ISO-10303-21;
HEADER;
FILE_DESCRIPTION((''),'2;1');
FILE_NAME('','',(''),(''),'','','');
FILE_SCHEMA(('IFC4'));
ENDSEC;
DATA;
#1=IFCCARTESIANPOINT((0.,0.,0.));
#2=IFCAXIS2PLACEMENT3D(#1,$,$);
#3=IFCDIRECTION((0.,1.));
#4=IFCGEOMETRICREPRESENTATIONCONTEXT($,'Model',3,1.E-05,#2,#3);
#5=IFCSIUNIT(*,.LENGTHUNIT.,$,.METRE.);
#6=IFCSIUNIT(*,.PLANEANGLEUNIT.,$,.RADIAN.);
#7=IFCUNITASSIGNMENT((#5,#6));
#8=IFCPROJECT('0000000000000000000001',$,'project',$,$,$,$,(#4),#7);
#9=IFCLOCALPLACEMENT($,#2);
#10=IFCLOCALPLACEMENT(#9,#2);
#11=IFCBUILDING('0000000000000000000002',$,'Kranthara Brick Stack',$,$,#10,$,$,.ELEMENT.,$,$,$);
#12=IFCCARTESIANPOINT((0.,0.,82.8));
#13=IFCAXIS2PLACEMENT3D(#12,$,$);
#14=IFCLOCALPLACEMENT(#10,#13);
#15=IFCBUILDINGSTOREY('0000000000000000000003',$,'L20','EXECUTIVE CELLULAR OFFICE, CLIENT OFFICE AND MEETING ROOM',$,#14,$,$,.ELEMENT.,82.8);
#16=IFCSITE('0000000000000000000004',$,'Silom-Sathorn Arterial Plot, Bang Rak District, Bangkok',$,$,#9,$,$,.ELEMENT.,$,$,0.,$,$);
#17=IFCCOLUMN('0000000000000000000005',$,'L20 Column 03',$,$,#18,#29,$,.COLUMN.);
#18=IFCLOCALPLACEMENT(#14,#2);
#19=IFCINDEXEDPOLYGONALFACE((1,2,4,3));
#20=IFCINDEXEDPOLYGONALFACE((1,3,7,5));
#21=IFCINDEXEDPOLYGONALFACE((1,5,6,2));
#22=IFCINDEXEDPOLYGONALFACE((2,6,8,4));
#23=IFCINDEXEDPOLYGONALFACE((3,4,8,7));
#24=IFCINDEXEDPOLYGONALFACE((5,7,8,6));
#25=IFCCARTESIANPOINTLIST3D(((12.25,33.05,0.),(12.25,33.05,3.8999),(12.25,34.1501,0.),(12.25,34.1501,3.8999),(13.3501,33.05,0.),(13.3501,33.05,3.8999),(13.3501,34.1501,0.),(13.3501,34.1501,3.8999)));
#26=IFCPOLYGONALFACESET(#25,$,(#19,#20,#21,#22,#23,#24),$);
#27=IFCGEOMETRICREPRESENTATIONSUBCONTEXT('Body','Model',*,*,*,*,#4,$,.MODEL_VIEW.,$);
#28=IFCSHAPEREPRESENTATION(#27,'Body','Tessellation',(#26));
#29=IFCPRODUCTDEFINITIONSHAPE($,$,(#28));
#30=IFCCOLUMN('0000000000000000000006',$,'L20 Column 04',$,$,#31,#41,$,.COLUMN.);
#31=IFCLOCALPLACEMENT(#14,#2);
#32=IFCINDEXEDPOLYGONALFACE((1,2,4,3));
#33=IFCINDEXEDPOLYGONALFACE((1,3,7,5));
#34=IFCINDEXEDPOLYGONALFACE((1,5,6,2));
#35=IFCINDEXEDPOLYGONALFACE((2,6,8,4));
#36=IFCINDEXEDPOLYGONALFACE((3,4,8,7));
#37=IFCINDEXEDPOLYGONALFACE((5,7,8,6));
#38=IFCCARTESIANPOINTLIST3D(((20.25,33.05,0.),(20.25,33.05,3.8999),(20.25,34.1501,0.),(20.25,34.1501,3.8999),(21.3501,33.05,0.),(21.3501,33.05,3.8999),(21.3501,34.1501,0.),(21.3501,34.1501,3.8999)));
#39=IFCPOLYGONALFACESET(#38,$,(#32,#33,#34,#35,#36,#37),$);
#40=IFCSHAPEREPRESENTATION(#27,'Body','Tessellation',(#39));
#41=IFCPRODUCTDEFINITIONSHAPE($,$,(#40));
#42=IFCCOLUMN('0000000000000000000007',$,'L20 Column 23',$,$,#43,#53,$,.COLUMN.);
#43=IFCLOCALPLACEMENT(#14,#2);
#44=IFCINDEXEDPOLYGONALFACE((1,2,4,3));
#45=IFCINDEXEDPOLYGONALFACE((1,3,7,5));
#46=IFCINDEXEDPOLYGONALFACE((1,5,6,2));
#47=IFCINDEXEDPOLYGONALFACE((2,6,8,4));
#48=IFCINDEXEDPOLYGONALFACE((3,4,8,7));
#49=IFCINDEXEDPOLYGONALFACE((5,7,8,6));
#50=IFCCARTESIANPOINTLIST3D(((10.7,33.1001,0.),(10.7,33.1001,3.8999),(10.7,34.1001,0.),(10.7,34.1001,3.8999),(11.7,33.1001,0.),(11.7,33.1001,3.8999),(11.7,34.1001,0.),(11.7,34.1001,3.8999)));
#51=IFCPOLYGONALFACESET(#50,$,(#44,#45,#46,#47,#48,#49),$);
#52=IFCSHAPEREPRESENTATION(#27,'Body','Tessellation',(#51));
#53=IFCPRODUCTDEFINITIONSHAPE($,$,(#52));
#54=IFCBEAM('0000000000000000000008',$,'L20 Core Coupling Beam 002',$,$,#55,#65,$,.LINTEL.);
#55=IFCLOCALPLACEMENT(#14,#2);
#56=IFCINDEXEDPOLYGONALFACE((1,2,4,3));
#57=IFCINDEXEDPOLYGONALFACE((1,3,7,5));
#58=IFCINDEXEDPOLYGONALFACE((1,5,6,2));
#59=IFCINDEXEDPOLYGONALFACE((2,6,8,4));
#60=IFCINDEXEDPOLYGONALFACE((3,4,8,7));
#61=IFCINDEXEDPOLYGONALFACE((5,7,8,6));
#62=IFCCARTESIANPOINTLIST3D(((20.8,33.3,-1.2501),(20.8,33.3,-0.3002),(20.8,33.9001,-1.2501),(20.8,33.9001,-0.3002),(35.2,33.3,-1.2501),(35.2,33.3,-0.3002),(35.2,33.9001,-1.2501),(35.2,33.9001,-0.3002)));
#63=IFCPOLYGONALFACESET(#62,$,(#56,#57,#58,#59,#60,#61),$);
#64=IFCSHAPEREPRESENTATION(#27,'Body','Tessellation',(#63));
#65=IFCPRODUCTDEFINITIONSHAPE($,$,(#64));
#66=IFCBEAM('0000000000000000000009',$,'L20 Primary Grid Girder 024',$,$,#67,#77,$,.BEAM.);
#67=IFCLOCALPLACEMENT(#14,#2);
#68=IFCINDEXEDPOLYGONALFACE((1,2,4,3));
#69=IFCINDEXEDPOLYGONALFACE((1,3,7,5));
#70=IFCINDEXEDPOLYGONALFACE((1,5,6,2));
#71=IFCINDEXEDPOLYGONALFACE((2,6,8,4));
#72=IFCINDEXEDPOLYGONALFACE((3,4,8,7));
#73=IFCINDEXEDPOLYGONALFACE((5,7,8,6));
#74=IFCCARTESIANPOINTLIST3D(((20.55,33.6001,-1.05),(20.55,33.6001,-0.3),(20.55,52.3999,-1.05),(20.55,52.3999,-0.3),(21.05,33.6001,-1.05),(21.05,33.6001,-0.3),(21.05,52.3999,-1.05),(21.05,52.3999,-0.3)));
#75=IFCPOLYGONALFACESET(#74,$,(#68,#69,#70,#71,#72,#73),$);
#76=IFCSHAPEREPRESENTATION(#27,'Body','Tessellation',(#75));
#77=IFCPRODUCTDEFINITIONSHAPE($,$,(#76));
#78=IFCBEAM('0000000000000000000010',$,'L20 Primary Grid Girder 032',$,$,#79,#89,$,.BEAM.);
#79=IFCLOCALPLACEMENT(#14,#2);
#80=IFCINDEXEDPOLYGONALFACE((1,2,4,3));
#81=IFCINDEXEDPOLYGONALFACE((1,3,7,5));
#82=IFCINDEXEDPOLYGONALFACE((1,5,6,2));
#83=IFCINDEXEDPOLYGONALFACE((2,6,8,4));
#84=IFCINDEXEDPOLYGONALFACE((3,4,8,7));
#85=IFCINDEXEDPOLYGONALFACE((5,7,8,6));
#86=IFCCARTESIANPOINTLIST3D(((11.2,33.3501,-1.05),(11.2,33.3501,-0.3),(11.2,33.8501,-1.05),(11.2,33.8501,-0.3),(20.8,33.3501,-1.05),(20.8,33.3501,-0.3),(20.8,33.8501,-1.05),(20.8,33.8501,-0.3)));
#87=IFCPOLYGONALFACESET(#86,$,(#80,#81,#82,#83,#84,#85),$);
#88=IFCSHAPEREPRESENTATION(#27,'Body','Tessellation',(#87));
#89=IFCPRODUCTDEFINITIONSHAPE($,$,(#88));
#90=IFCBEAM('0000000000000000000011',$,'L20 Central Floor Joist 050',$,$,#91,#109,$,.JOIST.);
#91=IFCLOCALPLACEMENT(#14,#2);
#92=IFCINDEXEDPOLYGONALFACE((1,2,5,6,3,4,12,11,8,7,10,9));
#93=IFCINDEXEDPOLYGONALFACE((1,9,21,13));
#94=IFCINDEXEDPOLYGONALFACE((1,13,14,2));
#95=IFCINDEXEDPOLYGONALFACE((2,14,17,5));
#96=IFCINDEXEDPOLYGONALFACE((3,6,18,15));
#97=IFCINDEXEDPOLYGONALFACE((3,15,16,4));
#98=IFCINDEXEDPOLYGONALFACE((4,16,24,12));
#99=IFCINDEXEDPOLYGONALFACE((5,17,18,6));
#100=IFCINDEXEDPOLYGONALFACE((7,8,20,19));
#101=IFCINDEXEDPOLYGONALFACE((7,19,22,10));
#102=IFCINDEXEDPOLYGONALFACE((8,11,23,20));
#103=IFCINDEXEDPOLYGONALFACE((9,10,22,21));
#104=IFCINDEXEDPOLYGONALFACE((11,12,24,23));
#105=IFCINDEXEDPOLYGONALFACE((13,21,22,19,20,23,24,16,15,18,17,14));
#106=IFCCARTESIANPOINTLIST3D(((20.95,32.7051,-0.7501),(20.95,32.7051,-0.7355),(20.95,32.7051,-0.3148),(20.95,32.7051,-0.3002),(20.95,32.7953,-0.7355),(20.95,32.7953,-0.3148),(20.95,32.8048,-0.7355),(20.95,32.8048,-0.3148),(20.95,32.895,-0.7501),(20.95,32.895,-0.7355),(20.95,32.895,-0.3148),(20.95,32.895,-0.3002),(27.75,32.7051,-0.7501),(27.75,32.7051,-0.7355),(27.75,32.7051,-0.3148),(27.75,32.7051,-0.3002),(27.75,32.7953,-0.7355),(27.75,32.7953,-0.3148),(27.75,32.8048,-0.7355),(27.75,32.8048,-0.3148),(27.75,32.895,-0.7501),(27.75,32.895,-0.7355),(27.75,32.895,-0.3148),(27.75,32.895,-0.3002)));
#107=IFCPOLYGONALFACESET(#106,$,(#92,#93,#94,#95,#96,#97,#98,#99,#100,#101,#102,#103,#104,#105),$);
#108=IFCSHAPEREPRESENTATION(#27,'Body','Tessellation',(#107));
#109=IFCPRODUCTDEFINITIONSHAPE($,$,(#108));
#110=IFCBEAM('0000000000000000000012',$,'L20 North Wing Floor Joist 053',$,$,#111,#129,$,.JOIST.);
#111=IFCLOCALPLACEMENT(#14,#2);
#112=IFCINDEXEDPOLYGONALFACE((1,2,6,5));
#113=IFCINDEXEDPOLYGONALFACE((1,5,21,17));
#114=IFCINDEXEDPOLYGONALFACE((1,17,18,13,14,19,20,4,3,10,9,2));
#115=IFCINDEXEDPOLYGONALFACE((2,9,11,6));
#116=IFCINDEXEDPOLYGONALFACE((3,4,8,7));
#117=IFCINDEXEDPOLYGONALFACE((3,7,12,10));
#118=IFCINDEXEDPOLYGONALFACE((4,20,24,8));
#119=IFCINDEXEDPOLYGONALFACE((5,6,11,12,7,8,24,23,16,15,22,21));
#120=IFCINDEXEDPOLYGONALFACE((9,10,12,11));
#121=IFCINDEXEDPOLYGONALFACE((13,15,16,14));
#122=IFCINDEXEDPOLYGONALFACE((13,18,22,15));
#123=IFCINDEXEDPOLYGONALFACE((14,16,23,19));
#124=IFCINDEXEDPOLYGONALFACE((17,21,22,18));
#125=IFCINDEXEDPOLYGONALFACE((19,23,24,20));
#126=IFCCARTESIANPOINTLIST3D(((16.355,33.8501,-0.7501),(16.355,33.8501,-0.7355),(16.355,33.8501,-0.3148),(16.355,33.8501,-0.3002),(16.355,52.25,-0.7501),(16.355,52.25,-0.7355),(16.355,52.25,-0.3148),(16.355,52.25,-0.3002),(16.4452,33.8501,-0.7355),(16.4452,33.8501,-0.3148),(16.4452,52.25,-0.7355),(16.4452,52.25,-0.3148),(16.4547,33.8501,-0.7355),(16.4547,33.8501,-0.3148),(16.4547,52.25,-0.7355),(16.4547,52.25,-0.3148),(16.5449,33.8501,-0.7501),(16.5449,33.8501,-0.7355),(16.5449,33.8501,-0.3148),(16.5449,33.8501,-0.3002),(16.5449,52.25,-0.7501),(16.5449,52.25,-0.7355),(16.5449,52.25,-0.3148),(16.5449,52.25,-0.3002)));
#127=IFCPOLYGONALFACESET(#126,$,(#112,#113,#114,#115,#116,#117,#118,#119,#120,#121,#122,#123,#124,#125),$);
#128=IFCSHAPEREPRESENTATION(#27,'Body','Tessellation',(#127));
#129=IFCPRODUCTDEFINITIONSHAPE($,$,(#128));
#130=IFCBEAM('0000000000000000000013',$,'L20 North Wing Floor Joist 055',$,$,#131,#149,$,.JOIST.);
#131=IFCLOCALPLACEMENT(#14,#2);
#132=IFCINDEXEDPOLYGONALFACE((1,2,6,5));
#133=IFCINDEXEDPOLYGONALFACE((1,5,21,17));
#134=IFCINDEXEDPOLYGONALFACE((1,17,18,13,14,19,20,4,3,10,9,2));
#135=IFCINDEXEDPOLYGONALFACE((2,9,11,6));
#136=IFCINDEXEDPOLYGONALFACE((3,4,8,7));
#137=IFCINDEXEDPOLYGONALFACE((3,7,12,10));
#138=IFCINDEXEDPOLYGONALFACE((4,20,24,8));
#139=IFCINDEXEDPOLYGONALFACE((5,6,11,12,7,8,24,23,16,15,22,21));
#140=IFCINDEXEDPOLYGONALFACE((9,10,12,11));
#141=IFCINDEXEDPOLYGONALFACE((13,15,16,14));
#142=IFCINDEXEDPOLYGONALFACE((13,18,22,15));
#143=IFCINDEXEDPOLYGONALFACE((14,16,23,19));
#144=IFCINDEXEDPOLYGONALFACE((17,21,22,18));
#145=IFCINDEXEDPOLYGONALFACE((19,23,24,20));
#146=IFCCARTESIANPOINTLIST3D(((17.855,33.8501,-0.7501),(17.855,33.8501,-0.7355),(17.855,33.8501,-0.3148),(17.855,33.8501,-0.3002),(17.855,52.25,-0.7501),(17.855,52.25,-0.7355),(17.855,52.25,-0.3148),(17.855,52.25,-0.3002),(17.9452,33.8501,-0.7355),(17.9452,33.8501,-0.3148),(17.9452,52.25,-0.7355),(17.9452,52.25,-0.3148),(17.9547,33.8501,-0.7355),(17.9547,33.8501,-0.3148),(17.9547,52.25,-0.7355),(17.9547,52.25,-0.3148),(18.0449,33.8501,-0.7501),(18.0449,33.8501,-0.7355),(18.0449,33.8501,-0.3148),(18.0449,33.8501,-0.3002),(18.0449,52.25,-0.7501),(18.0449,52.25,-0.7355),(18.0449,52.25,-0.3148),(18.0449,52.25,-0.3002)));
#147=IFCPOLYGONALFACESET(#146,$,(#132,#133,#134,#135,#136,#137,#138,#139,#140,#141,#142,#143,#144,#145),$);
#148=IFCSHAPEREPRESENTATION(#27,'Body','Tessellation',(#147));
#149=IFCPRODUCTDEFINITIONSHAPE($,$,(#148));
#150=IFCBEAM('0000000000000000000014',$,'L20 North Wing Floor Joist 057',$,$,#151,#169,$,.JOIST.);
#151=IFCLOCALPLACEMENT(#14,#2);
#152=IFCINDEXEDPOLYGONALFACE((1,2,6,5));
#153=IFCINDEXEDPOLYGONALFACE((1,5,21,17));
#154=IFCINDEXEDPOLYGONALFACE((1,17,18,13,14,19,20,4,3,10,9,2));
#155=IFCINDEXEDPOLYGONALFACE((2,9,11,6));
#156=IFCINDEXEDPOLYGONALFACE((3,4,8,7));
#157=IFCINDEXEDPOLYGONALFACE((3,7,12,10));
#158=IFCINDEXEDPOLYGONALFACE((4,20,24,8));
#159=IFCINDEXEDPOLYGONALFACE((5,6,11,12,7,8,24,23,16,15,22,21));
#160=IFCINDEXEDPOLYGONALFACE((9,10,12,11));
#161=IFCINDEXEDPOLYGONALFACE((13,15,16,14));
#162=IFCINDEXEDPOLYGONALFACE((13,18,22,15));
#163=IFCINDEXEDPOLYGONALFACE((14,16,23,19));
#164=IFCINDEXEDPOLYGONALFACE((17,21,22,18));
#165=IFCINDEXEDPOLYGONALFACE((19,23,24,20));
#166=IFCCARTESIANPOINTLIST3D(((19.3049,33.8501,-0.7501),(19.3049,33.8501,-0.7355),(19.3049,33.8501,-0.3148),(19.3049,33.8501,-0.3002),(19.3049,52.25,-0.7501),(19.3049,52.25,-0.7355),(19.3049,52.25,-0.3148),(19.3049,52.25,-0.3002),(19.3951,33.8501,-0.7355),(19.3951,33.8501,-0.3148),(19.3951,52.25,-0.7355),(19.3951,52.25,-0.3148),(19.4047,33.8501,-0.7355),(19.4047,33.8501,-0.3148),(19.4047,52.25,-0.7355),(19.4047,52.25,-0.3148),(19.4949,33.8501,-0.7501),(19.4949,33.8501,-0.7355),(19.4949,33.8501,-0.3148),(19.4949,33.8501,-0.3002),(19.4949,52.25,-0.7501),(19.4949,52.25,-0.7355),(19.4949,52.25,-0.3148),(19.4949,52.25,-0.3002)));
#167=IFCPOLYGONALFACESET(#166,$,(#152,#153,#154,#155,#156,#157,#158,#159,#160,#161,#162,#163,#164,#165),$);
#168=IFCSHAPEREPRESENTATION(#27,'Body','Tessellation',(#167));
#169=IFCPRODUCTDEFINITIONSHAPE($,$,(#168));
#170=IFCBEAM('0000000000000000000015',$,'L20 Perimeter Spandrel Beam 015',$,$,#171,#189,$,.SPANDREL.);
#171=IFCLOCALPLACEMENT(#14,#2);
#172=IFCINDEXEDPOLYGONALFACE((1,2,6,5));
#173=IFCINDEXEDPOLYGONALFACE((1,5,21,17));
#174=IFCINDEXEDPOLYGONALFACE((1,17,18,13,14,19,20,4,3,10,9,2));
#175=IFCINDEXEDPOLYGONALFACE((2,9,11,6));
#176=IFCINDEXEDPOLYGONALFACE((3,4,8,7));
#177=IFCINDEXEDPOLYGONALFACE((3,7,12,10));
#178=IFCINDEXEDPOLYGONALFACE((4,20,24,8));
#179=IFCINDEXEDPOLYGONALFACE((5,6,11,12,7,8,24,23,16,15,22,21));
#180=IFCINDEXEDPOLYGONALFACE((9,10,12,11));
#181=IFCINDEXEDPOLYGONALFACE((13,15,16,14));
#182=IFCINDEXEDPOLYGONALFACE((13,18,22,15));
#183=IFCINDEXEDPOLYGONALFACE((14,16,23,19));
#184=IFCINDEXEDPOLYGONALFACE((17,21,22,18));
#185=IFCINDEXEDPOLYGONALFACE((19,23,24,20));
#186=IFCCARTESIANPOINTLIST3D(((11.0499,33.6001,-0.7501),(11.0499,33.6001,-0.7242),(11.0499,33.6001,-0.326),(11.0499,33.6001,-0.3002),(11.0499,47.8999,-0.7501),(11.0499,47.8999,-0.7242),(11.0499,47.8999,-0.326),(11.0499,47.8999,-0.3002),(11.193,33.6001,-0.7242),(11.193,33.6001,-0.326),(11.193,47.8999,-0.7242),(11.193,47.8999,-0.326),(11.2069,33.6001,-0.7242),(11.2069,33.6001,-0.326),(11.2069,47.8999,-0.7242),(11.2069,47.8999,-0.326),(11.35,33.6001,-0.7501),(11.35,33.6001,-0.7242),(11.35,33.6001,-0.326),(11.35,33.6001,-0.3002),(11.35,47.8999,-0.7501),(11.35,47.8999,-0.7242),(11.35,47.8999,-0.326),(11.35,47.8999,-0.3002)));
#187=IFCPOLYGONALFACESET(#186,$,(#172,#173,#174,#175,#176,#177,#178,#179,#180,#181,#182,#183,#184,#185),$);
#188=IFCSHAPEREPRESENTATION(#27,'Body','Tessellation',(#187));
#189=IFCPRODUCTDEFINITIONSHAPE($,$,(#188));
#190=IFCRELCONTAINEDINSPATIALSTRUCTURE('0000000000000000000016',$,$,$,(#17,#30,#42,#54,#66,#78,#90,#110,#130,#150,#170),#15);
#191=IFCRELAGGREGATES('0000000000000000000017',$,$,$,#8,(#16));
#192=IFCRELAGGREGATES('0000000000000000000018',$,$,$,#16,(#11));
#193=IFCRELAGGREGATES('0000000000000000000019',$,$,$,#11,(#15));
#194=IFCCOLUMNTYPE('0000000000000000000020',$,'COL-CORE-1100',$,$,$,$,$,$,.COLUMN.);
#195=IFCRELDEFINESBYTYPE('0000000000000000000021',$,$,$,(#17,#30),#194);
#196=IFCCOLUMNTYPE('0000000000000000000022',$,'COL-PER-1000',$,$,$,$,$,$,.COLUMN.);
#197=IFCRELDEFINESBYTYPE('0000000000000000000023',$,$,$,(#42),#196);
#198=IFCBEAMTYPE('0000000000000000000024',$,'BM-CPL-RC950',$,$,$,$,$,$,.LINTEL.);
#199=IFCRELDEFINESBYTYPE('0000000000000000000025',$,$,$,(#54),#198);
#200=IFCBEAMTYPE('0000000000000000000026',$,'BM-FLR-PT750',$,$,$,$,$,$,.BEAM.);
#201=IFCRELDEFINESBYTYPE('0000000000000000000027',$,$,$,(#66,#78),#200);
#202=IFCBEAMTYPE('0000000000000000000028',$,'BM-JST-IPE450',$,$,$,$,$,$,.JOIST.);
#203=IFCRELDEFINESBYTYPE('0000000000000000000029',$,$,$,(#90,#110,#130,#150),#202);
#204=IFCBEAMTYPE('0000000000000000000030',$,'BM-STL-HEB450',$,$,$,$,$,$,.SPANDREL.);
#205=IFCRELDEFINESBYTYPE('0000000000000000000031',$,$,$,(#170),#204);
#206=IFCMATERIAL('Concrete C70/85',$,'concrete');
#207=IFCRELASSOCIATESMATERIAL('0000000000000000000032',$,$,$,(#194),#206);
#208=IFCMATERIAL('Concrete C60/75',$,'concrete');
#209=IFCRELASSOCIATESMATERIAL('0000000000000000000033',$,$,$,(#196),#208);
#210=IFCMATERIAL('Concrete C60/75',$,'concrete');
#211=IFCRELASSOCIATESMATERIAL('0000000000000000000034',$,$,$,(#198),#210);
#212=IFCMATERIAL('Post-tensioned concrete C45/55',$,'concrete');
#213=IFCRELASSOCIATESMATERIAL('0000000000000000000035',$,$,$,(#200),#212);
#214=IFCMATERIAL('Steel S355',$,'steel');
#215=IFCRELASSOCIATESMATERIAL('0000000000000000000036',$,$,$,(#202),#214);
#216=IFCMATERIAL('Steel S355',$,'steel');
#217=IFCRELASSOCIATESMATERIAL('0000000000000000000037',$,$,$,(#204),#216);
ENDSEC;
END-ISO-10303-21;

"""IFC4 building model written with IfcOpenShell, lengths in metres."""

from ifc_helpers import new_model, si_unit, direction, frame, origin, origin_2d, place, context, subcontext, project, spatial, rectangle, i_section, extrude, material, material_profile, profile_set, type_object, element, save


model = new_model("IFC4")

# Units and contexts
model_context = context("Model", 3, precision=1e-05, world=origin(), true_north=direction((0.0, 1.0)))
body_context = subcontext(model_context, "Body", "Model", "MODEL_VIEW")
ifc_project = project(units=[si_unit("LENGTHUNIT", "METRE"), si_unit("PLANEANGLEUNIT", "RADIAN")], contexts=[model_context])

# Site, building, storey
site_placement = place(None, origin())
site = spatial("IfcSite", under=ifc_project, at=site_placement, Name="Silom-Sathorn Arterial Plot, Bang Rak District, Bangkok", CompositionType="ELEMENT", RefElevation=0.0)
building_placement = place(site_placement, origin())
building = spatial("IfcBuilding", under=site, at=building_placement, Name="Kranthara Brick Stack", CompositionType="ELEMENT")
storey_placement = place(building_placement, frame((0.0, 0.0, 82.8)))
storey = spatial("IfcBuildingStorey", under=building, at=storey_placement, Name="L20", Description="EXECUTIVE CELLULAR OFFICE, CLIENT OFFICE AND MEETING ROOM", CompositionType="ELEMENT", Elevation=82.8)

# Columns
ifc_material_1 = material(Name="Concrete C70/85", Category="concrete")
ifc_material_profile_1 = material_profile(ifc_material_1, rectangle(XDim=1.1001, YDim=1.1001, at=origin_2d()), Name="RC 1100x1100")
ifc_profile_set_1 = profile_set([ifc_material_profile_1], Name="Concrete C70/85")
column_type_1 = type_object("IfcColumnType", Name="COL-CORE-1100", PredefinedType="COLUMN", material=ifc_profile_set_1)
for number, where, z_axis, x_axis, name in (
    (1, (12.8, 33.6001, 0.0), (0.0, 0.0, 1.0), (1.0, 0.0, 0.0), "L20 Column 03"),
    (2, (20.8, 33.6001, 0.0), (0.0, 0.0, 1.0), (1.0, 0.0, 0.0), "L20 Column 04"),
):
    element("IfcColumn", number, at=place(storey_placement, frame(where, z_axis=z_axis, x_axis=x_axis)), inside=storey, type_object=column_type_1, Name=name, PredefinedType="COLUMN", context=body_context, shape_type="SweptSolid", body=[
        extrude(rectangle(XDim=1.1001, YDim=1.1001, at=origin_2d()), origin(), (0.0, 0.0, 1.0), 3.8999),
    ])
ifc_material_2 = material(Name="Concrete C60/75", Category="concrete")
ifc_material_profile_2 = material_profile(ifc_material_2, rectangle(XDim=1.0, YDim=1.0, at=origin_2d()), Name="RC 1000x1000")
ifc_profile_set_2 = profile_set([ifc_material_profile_2], Name="Concrete C60/75")
column_type_2 = type_object("IfcColumnType", Name="COL-PER-1000", PredefinedType="COLUMN", material=ifc_profile_set_2)
column_placement = place(storey_placement, frame((11.2, 33.6001, 0.0), z_axis=(0.0, 0.0, 1.0), x_axis=(1.0, 0.0, 0.0)))
element("IfcColumn", 3, at=column_placement, inside=storey, type_object=column_type_2, Name="L20 Column 23", PredefinedType="COLUMN", context=body_context, shape_type="SweptSolid", body=[
    extrude(rectangle(XDim=1.0, YDim=1.0, at=origin_2d()), origin(), (0.0, 0.0, 1.0), 3.8999),
])

# Beams
ifc_material_3 = material(Name="Concrete C60/75", Category="concrete")
ifc_material_profile_3 = material_profile(ifc_material_3, rectangle(XDim=0.6001, YDim=0.95, at=origin_2d()), Name="RC 600x950")
ifc_profile_set_3 = profile_set([ifc_material_profile_3], Name="Concrete C60/75")
beam_type_1 = type_object("IfcBeamType", Name="BM-CPL-RC950", PredefinedType="LINTEL", material=ifc_profile_set_3)
beam_1_placement = place(storey_placement, frame((20.8, 33.6001, -0.7751), z_axis=(1.0, 0.0, 0.0), x_axis=(0.0, 1.0, 0.0)))
element("IfcBeam", 4, at=beam_1_placement, inside=storey, type_object=beam_type_1, Name="L20 Core Coupling Beam 002", PredefinedType="LINTEL", context=body_context, shape_type="SweptSolid", body=[
    extrude(rectangle(XDim=0.6001, YDim=0.95, at=origin_2d()), origin(), (0.0, 0.0, 1.0), 14.3999),
])
ifc_material_4 = material(Name="Post-tensioned concrete C45/55", Category="concrete")
ifc_material_profile_4 = material_profile(ifc_material_4, rectangle(XDim=0.5, YDim=0.75, at=origin_2d()), Name="PT 500x750")
ifc_profile_set_4 = profile_set([ifc_material_profile_4], Name="Post-tensioned concrete C45/55")
beam_type_2 = type_object("IfcBeamType", Name="BM-FLR-PT750", PredefinedType="BEAM", material=ifc_profile_set_4)
beam_2_placement = place(storey_placement, frame((20.8, 33.6001, -0.675), z_axis=(0.0, 1.0, 0.0), x_axis=(-1.0, 0.0, 0.0)))
element("IfcBeam", 5, at=beam_2_placement, inside=storey, type_object=beam_type_2, Name="L20 Primary Grid Girder 024", PredefinedType="BEAM", context=body_context, shape_type="SweptSolid", body=[
    extrude(rectangle(XDim=0.5, YDim=0.75, at=origin_2d()), origin(), (0.0, 0.0, 1.0), 18.7998),
])
beam_3_placement = place(storey_placement, frame((11.2, 33.6001, -0.675), z_axis=(1.0, 0.0, 0.0), x_axis=(0.0, 1.0, 0.0)))
element("IfcBeam", 6, at=beam_3_placement, inside=storey, type_object=beam_type_2, Name="L20 Primary Grid Girder 032", PredefinedType="BEAM", context=body_context, shape_type="SweptSolid", body=[
    extrude(rectangle(XDim=0.5, YDim=0.75, at=origin_2d()), origin(), (0.0, 0.0, 1.0), 9.6001),
])
ifc_material_5 = material(Name="Steel S355", Category="steel")
ifc_material_profile_5 = material_profile(ifc_material_5, i_section(OverallWidth=0.1899, OverallDepth=0.45, WebThickness=0.0095, FlangeThickness=0.0146, at=origin_2d()), Name="IPE 450")
ifc_profile_set_5 = profile_set([ifc_material_profile_5], Name="Steel S355")
beam_type_3 = type_object("IfcBeamType", Name="BM-JST-IPE450", PredefinedType="JOIST", material=ifc_profile_set_5)
beam_4_placement = place(storey_placement, frame((20.95, 32.8, -0.5251), z_axis=(1.0, 0.0, 0.0), x_axis=(0.0, 1.0, 0.0)))
element("IfcBeam", 7, at=beam_4_placement, inside=storey, type_object=beam_type_3, Name="L20 Central Floor Joist 050", PredefinedType="JOIST", context=body_context, shape_type="SweptSolid", body=[
    extrude(i_section(OverallWidth=0.1899, OverallDepth=0.45, WebThickness=0.0095, FlangeThickness=0.0146, at=origin_2d()), origin(), (0.0, 0.0, 1.0), 6.8),
])
for number, where, z_axis, x_axis, name in (
    (8, (16.45, 33.8501, -0.5251), (0.0, 1.0, 0.0), (-1.0, 0.0, 0.0), "L20 North Wing Floor Joist 053"),
    (9, (17.95, 33.8501, -0.5251), (0.0, 1.0, 0.0), (-1.0, 0.0, 0.0), "L20 North Wing Floor Joist 055"),
    (10, (19.3999, 33.8501, -0.5251), (0.0, 1.0, 0.0), (-1.0, 0.0, 0.0), "L20 North Wing Floor Joist 057"),
):
    element("IfcBeam", number, at=place(storey_placement, frame(where, z_axis=z_axis, x_axis=x_axis)), inside=storey, type_object=beam_type_3, Name=name, PredefinedType="JOIST", context=body_context, shape_type="SweptSolid", body=[
        extrude(i_section(OverallWidth=0.1899, OverallDepth=0.45, WebThickness=0.0095, FlangeThickness=0.0146, at=origin_2d()), origin(), (0.0, 0.0, 1.0), 18.3999),
    ])
ifc_material_6 = material(Name="Steel S355", Category="steel")
ifc_material_profile_6 = material_profile(ifc_material_6, i_section(OverallWidth=0.3, OverallDepth=0.45, WebThickness=0.0139, FlangeThickness=0.0259, at=origin_2d()), Name="HEB 450")
ifc_profile_set_6 = profile_set([ifc_material_profile_6], Name="Steel S355")
beam_type_4 = type_object("IfcBeamType", Name="BM-STL-HEB450", PredefinedType="SPANDREL", material=ifc_profile_set_6)
beam_5_placement = place(storey_placement, frame((11.2, 33.6001, -0.5251), z_axis=(0.0, 1.0, 0.0), x_axis=(-1.0, 0.0, 0.0)))
element("IfcBeam", 11, at=beam_5_placement, inside=storey, type_object=beam_type_4, Name="L20 Perimeter Spandrel Beam 015", PredefinedType="SPANDREL", context=body_context, shape_type="SweptSolid", body=[
    extrude(i_section(OverallWidth=0.3, OverallDepth=0.45, WebThickness=0.0139, FlangeThickness=0.0259, at=origin_2d()), origin(), (0.0, 0.0, 1.0), 14.2998),
])

save(model, "model.ifc")
